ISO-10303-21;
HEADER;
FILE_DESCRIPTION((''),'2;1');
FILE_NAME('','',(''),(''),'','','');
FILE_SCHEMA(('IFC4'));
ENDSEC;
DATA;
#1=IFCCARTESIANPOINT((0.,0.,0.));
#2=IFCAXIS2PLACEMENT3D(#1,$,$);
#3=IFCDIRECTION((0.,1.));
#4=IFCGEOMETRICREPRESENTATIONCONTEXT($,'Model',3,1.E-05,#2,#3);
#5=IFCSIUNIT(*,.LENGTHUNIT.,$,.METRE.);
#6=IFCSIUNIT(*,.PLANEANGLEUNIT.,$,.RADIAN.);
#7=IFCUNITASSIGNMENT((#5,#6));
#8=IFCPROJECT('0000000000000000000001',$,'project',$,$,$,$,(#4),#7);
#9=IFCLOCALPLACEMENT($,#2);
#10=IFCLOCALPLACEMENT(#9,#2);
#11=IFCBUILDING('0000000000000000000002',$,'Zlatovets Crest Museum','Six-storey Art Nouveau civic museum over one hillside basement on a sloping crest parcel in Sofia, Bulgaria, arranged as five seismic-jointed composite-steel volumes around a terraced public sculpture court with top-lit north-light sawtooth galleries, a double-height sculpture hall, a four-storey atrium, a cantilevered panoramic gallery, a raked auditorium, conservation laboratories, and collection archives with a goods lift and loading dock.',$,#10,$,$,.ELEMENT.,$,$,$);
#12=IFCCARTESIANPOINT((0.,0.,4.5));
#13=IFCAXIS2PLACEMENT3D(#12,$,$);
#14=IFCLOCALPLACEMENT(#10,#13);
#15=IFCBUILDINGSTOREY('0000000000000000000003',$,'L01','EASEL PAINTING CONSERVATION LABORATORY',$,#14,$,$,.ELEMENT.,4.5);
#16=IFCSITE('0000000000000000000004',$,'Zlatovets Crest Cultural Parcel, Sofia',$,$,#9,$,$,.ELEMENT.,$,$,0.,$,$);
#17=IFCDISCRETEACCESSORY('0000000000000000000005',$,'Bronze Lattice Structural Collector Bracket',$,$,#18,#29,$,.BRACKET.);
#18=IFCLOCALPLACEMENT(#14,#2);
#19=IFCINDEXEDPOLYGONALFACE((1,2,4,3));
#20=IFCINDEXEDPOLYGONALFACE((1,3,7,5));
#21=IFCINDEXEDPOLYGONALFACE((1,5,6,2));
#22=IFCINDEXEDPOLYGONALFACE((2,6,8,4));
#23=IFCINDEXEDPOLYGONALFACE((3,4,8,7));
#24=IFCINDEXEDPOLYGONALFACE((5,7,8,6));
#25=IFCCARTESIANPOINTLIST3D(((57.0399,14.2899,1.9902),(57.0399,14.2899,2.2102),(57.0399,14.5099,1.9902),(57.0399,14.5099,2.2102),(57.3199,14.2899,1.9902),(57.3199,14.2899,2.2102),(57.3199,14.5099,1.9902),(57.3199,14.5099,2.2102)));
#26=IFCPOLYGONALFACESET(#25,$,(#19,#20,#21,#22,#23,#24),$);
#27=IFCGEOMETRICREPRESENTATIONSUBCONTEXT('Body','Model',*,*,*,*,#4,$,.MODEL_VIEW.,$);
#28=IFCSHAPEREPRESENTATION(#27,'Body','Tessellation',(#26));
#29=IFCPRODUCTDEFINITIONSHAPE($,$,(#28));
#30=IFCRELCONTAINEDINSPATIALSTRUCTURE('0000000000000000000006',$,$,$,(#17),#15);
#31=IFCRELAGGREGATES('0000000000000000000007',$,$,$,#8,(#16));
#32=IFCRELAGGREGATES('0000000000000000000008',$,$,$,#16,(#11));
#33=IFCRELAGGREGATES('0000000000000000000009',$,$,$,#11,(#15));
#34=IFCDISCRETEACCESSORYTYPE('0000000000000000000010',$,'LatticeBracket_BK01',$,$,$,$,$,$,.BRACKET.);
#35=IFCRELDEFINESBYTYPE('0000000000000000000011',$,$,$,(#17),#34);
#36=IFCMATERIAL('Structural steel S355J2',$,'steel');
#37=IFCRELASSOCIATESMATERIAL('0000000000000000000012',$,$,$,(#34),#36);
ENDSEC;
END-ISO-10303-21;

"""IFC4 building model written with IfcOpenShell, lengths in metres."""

from ifc_helpers import new_model, si_unit, direction, frame, origin, origin_2d, place, context, subcontext, project, spatial, rectangle, extrude, material, type_object, element, save


model = new_model("IFC4")

# Units and contexts
model_context = context("Model", 3, precision=1e-05, world=origin(), true_north=direction((0.0, 1.0)))
body_context = subcontext(model_context, "Body", "Model", "MODEL_VIEW")
ifc_project = project(units=[si_unit("LENGTHUNIT", "METRE"), si_unit("PLANEANGLEUNIT", "RADIAN")], contexts=[model_context])

# Site, building, storey
site_placement = place(None, origin())
site = spatial("IfcSite", under=ifc_project, at=site_placement, Name="Zlatovets Crest Cultural Parcel, Sofia", CompositionType="ELEMENT", RefElevation=0.0)
building_placement = place(site_placement, origin())
building = spatial("IfcBuilding", under=site, at=building_placement, Name="Zlatovets Crest Museum", Description="Six-storey Art Nouveau civic museum over one hillside basement on a sloping crest parcel in Sofia, Bulgaria, arranged as five seismic-jointed composite-steel volumes around a terraced public sculpture court with top-lit north-light sawtooth galleries, a double-height sculpture hall, a four-storey atrium, a cantilevered panoramic gallery, a raked auditorium, conservation laboratories, and collection archives with a goods lift and loading dock.", CompositionType="ELEMENT")
storey_placement = place(building_placement, frame((0.0, 0.0, 4.5)))
storey = spatial("IfcBuildingStorey", under=building, at=storey_placement, Name="L01", Description="EASEL PAINTING CONSERVATION LABORATORY", CompositionType="ELEMENT", Elevation=4.5)

# Shared definitions
ifc_material_1 = material(Name="Structural steel S355J2", Category="steel")

# Discrete accessory
discrete_accessory_type = type_object("IfcDiscreteAccessoryType", Name="LatticeBracket_BK01", PredefinedType="BRACKET", material=ifc_material_1)
discrete_accessory_placement = place(storey_placement, frame((57.1799, 14.3999, 1.9902), z_axis=(0.0, 0.0, 1.0), x_axis=(1.0, 0.0, 0.0)))
element("IfcDiscreteAccessory", 1, at=discrete_accessory_placement, inside=storey, type_object=discrete_accessory_type, Name="Bronze Lattice Structural Collector Bracket", PredefinedType="BRACKET", context=body_context, shape_type="SweptSolid", body=[
    extrude(rectangle(XDim=0.28, YDim=0.22, at=origin_2d()), origin(), (0.0, 0.0, 1.0), 0.22),
])

save(model, "model.ifc")
